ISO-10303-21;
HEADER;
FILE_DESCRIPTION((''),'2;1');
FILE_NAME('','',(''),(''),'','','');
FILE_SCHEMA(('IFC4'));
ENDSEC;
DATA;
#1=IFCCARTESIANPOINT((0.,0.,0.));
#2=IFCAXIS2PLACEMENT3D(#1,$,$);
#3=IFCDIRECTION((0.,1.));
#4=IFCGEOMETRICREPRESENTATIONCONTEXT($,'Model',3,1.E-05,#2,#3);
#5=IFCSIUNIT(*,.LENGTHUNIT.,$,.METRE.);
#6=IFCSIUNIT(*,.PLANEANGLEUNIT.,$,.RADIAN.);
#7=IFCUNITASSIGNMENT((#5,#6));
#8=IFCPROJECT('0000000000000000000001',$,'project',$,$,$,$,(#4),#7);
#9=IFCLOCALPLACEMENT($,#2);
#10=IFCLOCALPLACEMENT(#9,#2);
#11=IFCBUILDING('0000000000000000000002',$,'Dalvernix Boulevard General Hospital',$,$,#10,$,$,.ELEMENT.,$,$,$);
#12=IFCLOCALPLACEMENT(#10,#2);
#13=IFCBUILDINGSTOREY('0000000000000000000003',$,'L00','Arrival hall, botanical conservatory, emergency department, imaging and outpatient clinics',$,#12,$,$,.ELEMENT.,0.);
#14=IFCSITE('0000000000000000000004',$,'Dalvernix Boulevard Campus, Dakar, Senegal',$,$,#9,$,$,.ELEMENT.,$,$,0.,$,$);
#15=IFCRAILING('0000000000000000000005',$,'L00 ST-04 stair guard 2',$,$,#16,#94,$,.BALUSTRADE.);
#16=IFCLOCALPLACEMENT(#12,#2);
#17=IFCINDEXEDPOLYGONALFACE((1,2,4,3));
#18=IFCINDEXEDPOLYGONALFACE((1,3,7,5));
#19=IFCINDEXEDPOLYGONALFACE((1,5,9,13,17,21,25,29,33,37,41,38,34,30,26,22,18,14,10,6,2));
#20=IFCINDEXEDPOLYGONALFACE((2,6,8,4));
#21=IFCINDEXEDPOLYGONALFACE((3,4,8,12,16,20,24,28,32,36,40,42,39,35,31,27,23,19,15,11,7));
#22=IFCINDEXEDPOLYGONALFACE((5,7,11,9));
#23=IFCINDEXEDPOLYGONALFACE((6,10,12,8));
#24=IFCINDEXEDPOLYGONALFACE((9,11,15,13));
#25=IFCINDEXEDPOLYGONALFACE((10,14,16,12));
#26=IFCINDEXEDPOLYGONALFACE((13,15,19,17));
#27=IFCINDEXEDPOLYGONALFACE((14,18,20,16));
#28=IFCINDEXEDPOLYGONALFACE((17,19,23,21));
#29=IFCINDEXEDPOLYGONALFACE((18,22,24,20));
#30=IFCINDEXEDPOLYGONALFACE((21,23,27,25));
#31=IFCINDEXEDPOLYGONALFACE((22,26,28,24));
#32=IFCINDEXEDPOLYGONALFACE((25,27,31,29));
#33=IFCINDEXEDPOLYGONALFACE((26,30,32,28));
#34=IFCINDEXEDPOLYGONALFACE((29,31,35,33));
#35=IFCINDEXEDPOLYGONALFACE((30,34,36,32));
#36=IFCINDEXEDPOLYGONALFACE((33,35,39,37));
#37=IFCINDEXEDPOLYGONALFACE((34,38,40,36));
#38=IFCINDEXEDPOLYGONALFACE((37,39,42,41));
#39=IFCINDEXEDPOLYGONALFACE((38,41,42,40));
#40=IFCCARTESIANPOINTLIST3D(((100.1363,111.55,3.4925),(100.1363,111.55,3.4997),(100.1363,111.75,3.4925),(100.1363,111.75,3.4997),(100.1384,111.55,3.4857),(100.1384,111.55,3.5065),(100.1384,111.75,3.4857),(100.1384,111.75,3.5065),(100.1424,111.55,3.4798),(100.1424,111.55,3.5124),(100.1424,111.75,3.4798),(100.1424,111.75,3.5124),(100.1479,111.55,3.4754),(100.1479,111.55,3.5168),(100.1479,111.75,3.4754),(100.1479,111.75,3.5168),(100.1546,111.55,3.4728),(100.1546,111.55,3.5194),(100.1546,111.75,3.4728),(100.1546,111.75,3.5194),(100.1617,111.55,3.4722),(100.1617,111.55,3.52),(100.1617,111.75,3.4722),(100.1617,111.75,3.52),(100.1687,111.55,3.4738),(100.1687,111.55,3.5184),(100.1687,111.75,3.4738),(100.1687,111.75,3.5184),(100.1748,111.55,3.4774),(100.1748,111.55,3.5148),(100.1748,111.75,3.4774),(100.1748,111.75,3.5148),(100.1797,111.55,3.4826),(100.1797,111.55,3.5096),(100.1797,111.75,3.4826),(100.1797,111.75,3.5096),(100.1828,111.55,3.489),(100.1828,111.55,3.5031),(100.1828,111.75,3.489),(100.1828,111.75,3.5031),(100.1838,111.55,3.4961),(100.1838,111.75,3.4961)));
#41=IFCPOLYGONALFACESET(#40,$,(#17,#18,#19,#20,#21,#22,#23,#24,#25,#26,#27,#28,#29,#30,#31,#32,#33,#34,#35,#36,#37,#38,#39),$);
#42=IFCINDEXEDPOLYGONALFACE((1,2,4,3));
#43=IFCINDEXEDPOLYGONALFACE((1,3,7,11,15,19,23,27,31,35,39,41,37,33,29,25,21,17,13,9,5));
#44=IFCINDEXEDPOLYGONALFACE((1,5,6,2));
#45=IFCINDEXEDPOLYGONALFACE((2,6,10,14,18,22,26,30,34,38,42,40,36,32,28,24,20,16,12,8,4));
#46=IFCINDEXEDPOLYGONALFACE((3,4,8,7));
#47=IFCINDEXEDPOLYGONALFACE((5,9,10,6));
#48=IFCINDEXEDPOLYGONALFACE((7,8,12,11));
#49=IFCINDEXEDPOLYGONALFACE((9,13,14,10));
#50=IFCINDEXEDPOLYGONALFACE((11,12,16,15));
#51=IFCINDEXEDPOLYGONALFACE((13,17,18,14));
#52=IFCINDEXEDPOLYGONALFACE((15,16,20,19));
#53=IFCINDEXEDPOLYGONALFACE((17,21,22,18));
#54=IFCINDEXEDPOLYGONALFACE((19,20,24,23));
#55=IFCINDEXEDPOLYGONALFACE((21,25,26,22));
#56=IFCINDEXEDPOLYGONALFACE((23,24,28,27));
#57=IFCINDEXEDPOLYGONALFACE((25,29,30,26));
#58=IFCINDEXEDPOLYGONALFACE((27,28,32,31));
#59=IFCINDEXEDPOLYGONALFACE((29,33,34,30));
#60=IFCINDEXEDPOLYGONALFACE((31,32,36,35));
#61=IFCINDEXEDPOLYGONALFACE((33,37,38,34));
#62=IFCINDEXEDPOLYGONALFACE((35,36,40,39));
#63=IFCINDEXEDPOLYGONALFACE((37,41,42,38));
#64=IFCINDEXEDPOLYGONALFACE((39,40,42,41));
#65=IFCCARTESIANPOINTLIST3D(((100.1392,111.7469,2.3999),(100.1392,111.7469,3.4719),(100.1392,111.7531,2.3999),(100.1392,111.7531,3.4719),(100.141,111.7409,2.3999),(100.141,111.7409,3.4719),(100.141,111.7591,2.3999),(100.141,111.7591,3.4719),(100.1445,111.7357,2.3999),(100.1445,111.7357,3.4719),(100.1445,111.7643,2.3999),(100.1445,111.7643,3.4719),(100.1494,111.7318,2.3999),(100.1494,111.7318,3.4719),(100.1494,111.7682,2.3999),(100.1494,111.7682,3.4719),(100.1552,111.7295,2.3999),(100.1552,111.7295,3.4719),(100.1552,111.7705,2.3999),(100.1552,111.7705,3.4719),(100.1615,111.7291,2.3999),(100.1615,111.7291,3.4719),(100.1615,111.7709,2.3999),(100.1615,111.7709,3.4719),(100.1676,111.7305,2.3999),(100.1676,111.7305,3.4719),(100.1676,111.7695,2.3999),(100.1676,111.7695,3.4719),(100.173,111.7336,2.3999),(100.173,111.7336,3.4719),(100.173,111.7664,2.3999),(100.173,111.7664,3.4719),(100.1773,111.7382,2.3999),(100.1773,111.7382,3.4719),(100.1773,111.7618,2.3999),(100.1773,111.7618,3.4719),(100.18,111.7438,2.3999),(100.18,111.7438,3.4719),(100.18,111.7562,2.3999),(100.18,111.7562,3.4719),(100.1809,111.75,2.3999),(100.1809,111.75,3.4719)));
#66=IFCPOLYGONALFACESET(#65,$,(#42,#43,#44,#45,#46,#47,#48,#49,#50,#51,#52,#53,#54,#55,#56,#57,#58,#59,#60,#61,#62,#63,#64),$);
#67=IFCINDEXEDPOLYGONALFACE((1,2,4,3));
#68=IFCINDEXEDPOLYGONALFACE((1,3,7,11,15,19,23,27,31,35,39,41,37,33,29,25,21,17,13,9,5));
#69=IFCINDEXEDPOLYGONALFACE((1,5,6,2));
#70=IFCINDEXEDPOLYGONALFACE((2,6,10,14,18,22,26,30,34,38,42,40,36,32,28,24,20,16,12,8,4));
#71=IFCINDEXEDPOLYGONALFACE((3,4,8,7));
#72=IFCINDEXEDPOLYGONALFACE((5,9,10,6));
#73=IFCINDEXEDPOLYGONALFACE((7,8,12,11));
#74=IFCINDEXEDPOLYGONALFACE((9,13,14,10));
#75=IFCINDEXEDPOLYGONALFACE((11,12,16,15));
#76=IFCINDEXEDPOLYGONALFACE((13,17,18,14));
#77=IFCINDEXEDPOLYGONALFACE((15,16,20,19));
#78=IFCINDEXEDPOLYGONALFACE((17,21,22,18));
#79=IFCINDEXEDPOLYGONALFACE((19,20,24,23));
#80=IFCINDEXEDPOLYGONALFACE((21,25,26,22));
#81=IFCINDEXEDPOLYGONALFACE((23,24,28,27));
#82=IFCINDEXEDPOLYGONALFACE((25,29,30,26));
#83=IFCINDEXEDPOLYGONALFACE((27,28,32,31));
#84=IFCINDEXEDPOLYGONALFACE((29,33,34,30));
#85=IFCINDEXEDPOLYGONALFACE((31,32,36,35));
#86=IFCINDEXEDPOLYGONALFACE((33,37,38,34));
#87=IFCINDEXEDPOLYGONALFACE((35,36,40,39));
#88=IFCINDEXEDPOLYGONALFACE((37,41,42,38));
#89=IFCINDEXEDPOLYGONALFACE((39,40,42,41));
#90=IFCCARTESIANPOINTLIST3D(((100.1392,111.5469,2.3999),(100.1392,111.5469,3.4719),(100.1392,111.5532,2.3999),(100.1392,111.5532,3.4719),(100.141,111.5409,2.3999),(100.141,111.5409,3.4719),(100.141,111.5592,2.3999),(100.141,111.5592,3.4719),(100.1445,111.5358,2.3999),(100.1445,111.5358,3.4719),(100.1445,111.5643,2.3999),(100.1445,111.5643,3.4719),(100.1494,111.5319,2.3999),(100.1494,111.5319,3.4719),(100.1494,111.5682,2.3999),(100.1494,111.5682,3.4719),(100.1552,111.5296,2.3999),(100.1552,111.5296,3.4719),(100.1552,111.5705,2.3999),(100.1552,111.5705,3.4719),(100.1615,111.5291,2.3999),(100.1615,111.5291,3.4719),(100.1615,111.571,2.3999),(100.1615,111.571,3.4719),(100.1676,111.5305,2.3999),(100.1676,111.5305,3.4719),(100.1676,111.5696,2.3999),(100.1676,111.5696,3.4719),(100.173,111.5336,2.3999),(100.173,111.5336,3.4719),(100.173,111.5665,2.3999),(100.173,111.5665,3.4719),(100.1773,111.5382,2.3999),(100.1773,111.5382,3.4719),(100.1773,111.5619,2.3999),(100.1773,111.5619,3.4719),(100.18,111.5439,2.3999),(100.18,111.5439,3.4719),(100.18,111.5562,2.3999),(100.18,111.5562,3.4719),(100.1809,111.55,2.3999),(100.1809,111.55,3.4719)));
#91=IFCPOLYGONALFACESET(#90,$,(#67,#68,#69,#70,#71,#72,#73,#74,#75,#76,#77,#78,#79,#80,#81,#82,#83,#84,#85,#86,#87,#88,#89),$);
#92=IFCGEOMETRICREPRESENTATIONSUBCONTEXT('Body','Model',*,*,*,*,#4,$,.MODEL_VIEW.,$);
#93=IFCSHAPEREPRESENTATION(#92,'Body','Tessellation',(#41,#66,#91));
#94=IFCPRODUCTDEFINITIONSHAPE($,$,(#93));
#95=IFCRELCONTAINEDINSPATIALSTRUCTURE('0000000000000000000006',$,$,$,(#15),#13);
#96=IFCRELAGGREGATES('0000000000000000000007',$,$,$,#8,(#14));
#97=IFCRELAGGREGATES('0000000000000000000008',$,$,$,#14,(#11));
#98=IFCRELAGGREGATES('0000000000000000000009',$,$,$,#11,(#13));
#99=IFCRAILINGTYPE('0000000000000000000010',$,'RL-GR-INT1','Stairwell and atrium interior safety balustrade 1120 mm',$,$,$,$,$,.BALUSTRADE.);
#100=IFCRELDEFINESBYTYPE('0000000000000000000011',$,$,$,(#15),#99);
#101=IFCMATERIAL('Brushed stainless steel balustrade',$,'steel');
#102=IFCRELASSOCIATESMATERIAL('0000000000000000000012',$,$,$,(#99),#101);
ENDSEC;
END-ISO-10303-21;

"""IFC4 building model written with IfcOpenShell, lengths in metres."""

from ifc_helpers import new_model, si_unit, direction, frame, origin, origin_2d, place, context, subcontext, project, spatial, circle, extrude, material, type_object, element, save


model = new_model("IFC4")

# Units and contexts
model_context = context("Model", 3, precision=1e-05, world=origin(), true_north=direction((0.0, 1.0)))
body_context = subcontext(model_context, "Body", "Model", "MODEL_VIEW")
ifc_project = project(units=[si_unit("LENGTHUNIT", "METRE"), si_unit("PLANEANGLEUNIT", "RADIAN")], contexts=[model_context])

# Site, building, storey
site_placement = place(None, origin())
site = spatial("IfcSite", under=ifc_project, at=site_placement, Name="Dalvernix Boulevard Campus, Dakar, Senegal", CompositionType="ELEMENT", RefElevation=0.0)
building_placement = place(site_placement, origin())
building = spatial("IfcBuilding", under=site, at=building_placement, Name="Dalvernix Boulevard General Hospital", CompositionType="ELEMENT")
storey_placement = place(building_placement, origin())
storey = spatial("IfcBuildingStorey", under=building, at=storey_placement, Name="L00", Description="Arrival hall, botanical conservatory, emergency department, imaging and outpatient clinics", CompositionType="ELEMENT", Elevation=0.0)

# Railing
ifc_material_1 = material(Name="Brushed stainless steel balustrade", Category="steel")
railing_type_1 = type_object("IfcRailingType", Name="RL-GR-INT1", Description="Stairwell and atrium interior safety balustrade 1120 mm", PredefinedType="BALUSTRADE", material=ifc_material_1)
railing_1_placement = place(storey_placement, frame((100.1599, 111.75, 2.3999)))
element("IfcRailing", 1, at=railing_1_placement, inside=storey, type_object=railing_type_1, Name="L00 ST-04 stair guard 2", PredefinedType="BALUSTRADE", context=body_context, shape_type="SweptSolid", body=[
    extrude(circle(Radius=0.0239, at=origin_2d()), frame((0.0, 0.0, 1.0962), z_axis=(0.0, -1.0, 0.0), x_axis=(1.0, 0.0, 0.0)), (0.0, 0.0, 1.0), 0.2),
    extrude(circle(Radius=0.021, at=origin_2d()), origin(), (0.0, 0.0, 1.0), 1.072),
    extrude(circle(Radius=0.021, at=origin_2d()), frame((0.0, -0.2, 0.0)), (0.0, 0.0, 1.0), 1.072),
])

save(model, "model.ifc")
